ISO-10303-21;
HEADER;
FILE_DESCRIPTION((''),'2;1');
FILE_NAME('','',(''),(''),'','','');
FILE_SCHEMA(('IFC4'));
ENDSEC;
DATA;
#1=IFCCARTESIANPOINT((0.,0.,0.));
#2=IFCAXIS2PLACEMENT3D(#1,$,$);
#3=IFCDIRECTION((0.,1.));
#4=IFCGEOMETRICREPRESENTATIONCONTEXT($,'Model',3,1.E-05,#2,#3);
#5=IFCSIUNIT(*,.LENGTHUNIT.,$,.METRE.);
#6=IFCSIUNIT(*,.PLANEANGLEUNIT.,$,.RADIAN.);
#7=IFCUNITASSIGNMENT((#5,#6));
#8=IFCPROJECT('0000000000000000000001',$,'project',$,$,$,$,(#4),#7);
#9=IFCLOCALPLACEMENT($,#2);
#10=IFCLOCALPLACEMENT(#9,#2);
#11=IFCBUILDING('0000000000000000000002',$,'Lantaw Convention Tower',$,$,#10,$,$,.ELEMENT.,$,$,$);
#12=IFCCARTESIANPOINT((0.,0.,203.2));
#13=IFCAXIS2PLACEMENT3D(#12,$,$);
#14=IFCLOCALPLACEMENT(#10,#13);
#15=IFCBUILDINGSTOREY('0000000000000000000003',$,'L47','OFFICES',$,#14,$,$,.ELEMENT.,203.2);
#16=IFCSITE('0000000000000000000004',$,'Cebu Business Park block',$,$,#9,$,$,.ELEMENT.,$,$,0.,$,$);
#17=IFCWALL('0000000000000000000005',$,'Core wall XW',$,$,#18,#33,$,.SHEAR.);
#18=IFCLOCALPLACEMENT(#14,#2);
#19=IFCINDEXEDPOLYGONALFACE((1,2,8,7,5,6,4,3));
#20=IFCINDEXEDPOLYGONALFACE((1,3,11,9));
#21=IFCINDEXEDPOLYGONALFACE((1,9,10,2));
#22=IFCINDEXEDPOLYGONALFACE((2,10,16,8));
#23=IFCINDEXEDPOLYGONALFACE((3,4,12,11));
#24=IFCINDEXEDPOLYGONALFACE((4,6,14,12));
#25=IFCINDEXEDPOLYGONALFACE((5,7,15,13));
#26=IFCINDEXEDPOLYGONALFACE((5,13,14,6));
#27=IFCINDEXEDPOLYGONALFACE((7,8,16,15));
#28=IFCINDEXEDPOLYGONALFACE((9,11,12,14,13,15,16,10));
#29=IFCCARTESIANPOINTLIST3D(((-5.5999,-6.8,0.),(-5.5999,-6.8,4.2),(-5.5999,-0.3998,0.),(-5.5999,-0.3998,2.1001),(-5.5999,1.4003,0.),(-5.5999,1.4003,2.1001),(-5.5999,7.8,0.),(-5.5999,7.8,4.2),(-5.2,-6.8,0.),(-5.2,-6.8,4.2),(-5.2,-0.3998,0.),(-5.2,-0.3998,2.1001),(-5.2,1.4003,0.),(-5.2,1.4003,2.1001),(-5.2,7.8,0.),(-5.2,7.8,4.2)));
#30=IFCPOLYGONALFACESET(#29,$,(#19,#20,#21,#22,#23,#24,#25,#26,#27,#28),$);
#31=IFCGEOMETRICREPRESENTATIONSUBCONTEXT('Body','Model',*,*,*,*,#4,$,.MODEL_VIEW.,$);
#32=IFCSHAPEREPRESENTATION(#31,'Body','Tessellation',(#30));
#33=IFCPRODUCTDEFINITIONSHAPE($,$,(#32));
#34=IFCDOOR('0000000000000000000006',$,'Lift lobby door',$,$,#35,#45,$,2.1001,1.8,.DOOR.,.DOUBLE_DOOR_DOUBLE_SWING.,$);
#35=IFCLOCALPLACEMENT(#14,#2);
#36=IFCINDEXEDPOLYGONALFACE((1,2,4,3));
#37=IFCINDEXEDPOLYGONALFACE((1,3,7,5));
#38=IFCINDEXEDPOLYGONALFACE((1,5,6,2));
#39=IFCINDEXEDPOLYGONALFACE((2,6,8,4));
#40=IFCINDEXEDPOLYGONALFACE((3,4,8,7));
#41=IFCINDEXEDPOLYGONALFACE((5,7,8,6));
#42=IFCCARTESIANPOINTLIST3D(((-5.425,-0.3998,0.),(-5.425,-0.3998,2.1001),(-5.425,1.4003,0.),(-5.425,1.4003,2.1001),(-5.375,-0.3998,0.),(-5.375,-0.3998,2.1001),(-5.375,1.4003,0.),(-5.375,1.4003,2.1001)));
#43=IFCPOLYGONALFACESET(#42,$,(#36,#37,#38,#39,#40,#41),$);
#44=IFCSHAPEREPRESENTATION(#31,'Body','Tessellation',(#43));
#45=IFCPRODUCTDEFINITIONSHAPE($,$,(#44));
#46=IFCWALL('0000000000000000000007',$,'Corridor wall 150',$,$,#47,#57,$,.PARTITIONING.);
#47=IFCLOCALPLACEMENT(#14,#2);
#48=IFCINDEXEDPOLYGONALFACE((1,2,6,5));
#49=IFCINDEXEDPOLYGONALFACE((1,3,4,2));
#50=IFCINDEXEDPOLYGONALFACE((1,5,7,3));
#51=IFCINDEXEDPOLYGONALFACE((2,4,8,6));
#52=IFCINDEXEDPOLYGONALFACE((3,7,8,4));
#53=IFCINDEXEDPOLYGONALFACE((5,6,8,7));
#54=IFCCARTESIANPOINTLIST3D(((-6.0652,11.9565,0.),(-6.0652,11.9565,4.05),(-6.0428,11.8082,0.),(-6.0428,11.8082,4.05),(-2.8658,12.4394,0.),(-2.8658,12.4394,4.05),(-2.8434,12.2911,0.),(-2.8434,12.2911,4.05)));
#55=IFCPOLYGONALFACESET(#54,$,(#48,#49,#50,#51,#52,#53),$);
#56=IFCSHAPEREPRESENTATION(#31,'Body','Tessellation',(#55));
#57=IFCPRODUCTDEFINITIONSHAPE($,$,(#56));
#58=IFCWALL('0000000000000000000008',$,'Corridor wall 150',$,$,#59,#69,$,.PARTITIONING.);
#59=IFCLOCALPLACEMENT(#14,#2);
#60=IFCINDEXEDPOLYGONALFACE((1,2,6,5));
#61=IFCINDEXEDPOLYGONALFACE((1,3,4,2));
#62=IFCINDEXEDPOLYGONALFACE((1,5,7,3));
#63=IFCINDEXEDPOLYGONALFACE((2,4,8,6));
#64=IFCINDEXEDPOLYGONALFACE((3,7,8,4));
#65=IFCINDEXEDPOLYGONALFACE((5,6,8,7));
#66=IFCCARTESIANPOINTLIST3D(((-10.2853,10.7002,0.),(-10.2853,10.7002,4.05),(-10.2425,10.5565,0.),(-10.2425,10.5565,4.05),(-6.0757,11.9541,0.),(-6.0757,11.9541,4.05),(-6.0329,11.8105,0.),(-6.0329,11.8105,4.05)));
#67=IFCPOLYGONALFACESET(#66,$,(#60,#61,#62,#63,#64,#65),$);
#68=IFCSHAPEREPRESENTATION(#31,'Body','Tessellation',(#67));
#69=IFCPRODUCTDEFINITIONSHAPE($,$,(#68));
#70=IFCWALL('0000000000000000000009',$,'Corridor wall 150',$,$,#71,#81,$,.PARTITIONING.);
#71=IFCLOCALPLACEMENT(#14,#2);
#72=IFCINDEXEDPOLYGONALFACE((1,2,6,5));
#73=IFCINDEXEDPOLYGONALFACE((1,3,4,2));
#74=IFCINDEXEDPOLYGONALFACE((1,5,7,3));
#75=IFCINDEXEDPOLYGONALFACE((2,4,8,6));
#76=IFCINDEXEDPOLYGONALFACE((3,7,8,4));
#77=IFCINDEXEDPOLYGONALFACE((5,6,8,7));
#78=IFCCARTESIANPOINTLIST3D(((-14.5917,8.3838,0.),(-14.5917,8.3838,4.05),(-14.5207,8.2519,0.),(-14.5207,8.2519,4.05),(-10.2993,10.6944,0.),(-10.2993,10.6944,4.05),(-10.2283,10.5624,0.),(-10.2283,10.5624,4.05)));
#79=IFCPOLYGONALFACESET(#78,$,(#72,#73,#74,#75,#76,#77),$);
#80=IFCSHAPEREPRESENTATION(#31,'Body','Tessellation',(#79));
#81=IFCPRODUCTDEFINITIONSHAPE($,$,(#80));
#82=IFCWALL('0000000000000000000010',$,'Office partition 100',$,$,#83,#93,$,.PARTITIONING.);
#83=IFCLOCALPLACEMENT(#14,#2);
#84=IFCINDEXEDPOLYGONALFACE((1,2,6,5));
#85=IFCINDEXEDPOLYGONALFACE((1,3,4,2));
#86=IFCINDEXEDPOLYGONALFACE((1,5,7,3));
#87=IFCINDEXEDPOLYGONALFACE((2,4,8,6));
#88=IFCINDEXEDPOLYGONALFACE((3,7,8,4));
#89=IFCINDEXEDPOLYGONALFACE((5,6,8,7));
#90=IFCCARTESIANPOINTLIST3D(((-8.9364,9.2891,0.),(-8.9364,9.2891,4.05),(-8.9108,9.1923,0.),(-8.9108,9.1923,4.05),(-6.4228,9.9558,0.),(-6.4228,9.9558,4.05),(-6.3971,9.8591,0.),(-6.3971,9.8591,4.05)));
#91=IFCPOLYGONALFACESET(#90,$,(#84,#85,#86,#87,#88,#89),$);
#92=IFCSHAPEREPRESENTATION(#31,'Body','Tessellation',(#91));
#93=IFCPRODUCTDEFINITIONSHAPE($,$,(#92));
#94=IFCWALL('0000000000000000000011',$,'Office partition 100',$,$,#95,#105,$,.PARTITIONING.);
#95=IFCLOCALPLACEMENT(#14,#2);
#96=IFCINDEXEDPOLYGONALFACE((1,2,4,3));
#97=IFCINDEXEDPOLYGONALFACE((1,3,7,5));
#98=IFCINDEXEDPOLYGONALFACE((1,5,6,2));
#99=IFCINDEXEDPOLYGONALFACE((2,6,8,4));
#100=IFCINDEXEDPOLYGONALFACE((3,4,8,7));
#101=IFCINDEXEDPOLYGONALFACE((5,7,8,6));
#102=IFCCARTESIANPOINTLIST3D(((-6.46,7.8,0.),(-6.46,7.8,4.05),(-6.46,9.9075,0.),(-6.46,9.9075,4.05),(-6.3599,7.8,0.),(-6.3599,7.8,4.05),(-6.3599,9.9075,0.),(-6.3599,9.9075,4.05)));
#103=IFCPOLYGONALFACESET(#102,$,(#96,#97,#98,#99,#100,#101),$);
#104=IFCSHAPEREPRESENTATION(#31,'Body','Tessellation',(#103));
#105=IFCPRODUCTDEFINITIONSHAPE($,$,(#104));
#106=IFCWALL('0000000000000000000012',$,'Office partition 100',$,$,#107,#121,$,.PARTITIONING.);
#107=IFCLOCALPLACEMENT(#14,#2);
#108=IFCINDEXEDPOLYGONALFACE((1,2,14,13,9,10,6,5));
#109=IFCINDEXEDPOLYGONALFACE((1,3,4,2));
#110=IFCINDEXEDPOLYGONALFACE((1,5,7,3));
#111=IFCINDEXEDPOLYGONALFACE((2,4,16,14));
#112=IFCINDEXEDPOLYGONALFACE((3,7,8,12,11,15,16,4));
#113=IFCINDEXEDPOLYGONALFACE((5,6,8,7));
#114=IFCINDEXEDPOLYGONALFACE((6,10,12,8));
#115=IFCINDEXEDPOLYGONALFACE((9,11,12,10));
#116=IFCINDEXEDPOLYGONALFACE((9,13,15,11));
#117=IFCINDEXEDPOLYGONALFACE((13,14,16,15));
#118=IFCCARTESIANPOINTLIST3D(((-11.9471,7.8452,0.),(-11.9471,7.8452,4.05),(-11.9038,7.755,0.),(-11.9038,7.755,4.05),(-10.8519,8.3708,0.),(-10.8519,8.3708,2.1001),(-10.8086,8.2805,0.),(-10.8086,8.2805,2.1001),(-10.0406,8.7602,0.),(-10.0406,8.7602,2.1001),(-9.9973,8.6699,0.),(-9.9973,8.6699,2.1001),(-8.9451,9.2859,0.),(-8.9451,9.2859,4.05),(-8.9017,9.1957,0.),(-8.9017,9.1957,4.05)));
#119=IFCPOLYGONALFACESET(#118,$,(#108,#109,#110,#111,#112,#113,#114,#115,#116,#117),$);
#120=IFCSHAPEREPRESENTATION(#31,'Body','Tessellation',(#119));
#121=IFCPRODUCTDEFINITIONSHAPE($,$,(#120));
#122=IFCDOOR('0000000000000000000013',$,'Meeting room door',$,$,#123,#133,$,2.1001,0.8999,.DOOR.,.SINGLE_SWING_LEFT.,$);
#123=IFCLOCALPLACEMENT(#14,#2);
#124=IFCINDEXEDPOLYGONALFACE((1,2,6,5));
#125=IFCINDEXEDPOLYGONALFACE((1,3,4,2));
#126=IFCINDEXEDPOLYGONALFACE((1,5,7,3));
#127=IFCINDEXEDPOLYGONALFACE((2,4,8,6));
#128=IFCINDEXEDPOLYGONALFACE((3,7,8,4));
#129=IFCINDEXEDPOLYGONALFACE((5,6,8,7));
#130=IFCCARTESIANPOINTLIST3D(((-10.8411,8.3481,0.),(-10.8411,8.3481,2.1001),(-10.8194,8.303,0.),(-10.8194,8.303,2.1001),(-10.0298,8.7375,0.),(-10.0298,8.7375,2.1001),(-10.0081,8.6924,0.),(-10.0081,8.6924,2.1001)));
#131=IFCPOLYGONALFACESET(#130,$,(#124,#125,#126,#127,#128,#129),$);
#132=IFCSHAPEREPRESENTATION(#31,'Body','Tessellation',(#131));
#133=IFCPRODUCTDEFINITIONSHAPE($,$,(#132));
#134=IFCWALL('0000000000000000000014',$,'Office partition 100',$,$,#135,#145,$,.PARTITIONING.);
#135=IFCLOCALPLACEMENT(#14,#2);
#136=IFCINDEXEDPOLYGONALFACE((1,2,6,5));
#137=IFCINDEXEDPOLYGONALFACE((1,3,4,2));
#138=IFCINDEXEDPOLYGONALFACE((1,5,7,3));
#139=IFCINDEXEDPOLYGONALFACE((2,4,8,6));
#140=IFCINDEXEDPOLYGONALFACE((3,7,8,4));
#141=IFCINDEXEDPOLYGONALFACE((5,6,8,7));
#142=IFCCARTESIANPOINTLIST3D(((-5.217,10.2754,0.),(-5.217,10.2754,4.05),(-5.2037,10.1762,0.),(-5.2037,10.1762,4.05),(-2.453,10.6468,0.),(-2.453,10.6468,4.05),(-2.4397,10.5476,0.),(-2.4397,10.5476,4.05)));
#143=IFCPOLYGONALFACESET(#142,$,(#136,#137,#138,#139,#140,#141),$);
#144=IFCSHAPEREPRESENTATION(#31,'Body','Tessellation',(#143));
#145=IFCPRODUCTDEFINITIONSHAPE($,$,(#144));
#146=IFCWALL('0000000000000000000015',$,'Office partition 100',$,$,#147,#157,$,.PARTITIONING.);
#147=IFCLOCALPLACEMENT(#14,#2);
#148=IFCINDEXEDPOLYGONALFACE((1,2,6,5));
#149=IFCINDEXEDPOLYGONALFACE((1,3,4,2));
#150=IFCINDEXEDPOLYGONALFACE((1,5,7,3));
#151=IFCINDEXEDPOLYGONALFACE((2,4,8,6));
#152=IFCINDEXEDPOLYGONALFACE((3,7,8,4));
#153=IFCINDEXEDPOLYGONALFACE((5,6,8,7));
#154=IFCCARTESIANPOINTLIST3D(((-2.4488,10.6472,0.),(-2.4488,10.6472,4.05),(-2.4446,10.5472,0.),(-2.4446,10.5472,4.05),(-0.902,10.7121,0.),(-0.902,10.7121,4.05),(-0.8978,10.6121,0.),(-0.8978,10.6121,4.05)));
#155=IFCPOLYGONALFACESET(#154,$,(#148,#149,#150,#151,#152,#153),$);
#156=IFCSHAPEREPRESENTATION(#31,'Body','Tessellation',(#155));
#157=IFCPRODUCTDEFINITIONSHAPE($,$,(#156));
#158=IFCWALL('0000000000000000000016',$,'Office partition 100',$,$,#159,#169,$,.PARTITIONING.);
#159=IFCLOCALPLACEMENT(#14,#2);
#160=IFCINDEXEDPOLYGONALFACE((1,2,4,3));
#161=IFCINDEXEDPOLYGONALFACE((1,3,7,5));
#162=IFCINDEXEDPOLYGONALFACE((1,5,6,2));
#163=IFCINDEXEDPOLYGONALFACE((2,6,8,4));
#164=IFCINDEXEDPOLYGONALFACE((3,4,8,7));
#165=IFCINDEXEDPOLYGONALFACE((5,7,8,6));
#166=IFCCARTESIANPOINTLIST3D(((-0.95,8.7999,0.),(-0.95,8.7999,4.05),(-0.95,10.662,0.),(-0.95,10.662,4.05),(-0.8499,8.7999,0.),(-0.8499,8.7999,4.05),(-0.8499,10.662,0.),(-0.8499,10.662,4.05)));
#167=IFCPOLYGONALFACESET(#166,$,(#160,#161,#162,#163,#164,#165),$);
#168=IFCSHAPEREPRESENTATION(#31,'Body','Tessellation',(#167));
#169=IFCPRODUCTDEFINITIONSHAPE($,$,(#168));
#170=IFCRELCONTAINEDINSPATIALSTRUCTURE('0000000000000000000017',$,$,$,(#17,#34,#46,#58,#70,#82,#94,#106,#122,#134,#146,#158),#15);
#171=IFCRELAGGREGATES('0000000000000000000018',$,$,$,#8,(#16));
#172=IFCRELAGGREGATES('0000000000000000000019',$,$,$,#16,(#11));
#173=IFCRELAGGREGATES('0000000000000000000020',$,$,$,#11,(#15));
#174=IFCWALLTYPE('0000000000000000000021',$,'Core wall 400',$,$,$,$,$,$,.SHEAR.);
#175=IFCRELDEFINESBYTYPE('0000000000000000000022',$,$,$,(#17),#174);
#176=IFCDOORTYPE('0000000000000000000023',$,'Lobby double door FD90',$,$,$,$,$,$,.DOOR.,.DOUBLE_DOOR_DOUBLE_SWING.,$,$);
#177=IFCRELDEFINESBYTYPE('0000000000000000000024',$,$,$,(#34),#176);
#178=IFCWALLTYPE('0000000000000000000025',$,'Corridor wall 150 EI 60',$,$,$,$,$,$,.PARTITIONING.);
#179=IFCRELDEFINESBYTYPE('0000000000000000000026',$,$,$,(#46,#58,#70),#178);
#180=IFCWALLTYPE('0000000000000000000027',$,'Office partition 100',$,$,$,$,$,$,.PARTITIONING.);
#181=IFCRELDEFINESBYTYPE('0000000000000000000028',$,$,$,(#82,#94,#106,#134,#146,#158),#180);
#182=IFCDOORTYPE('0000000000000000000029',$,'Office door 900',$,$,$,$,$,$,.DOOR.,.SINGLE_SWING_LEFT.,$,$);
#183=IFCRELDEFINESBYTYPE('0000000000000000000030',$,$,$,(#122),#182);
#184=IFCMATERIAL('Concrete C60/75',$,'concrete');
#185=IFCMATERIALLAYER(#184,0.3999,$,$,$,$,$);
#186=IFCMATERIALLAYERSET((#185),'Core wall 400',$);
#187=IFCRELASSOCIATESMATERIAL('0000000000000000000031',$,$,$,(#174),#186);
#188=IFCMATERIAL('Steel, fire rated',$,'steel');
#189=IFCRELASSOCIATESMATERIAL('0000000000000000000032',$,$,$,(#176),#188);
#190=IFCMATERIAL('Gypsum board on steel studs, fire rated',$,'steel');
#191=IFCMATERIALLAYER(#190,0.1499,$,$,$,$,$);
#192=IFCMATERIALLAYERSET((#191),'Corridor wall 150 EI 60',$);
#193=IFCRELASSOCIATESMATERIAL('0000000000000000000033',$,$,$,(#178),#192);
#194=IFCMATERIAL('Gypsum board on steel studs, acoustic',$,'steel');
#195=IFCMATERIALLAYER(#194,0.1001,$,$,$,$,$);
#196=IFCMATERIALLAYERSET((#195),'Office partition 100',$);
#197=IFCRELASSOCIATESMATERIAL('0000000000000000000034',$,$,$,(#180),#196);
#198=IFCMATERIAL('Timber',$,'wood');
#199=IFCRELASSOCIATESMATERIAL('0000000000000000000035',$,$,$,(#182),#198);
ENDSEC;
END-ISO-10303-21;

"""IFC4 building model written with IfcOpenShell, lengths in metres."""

from ifc_helpers import new_model, si_unit, direction, frame, frame_2d, origin, place, context, subcontext, project, spatial, rectangle, extrude, material, layer, layer_set, type_object, element, fill, save


model = new_model("IFC4")

# Units and contexts
model_context = context("Model", 3, precision=1e-05, world=origin(), true_north=direction((0.0, 1.0)))
body_context = subcontext(model_context, "Body", "Model", "MODEL_VIEW")
ifc_project = project(units=[si_unit("LENGTHUNIT", "METRE"), si_unit("PLANEANGLEUNIT", "RADIAN")], contexts=[model_context])

# Site, building, storey
site_placement = place(None, origin())
site = spatial("IfcSite", under=ifc_project, at=site_placement, Name="Cebu Business Park block", CompositionType="ELEMENT", RefElevation=0.0)
building_placement = place(site_placement, origin())
building = spatial("IfcBuilding", under=site, at=building_placement, Name="Lantaw Convention Tower", CompositionType="ELEMENT")
storey_placement = place(building_placement, frame((0.0, 0.0, 203.2)))
storey = spatial("IfcBuildingStorey", under=building, at=storey_placement, Name="L47", Description="OFFICES", CompositionType="ELEMENT", Elevation=203.2)

# Shared definitions
ifc_material_1 = material(Name="Concrete C60/75", Category="concrete")

# Wall, opening, door
ifc_layer_1 = layer(ifc_material_1, 0.3999)
ifc_layer_set_1 = layer_set([ifc_layer_1], Name="Core wall 400")
wall_type_1 = type_object("IfcWallType", Name="Core wall 400", PredefinedType="SHEAR", material=ifc_layer_set_1)
wall_1_placement = place(storey_placement, frame((-5.3999, 7.8, 0.0), z_axis=(0.0, 0.0, 1.0), x_axis=(0.0, -1.0, 0.0)))
wall_1 = element("IfcWall", 1, at=wall_1_placement, inside=storey, type_object=wall_type_1, Name="Core wall XW", PredefinedType="SHEAR", context=body_context, shape_type="SweptSolid", body=[
    extrude(rectangle(XDim=14.6001, YDim=0.3999, at=frame_2d((7.3, 0.0))), origin(), (0.0, 0.0, 1.0), 4.2),
])
opening_1_placement = place(wall_1_placement, frame((6.3999, 0.0, 0.0)))
opening_1 = element("IfcOpeningElement", 2, at=opening_1_placement, cuts=wall_1, PredefinedType="OPENING", context=body_context, shape_type="SweptSolid", body=[
    extrude(rectangle(XDim=1.8, YDim=2.1001, at=frame_2d((0.8999, 1.05))), frame((0.0, 0.21, 0.0), z_axis=(0.0, -1.0, 0.0), x_axis=(1.0, 0.0, 0.0)), (0.0, 0.0, 1.0), 0.4199),
])
ifc_material_2 = material(Name="Steel, fire rated", Category="steel")
door_type_1 = type_object("IfcDoorType", Name="Lobby double door FD90", OperationType="DOUBLE_DOOR_DOUBLE_SWING", PredefinedType="DOOR", material=ifc_material_2)
door_1_placement = place(opening_1_placement, origin())
door_1 = element("IfcDoor", 3, at=door_1_placement, inside=storey, type_object=door_type_1, Name="Lift lobby door", OperationType="DOUBLE_DOOR_DOUBLE_SWING", OverallHeight=2.1001, OverallWidth=1.8, PredefinedType="DOOR", context=body_context, shape_type="SweptSolid", body=[
    extrude(rectangle(XDim=1.8, YDim=2.1001, at=frame_2d((0.8999, 1.05))), frame((0.0, 0.0249, 0.0), z_axis=(0.0, -1.0, 0.0), x_axis=(1.0, 0.0, 0.0)), (0.0, 0.0, 1.0), 0.05),
])
fill(opening_1, door_1)

# Walls
ifc_material_3 = material(Name="Gypsum board on steel studs, fire rated", Category="steel")
ifc_layer_2 = layer(ifc_material_3, 0.1499)
ifc_layer_set_2 = layer_set([ifc_layer_2], Name="Corridor wall 150 EI 60")
wall_type_2 = type_object("IfcWallType", Name="Corridor wall 150 EI 60", PredefinedType="PARTITIONING", material=ifc_layer_set_2)
wall_2_placement = place(storey_placement, frame((-2.8547, 12.3652, 0.0), z_axis=(0.0, 0.0, 1.0), x_axis=(-0.9888, -0.149244, 0.0)))
element("IfcWall", 4, at=wall_2_placement, inside=storey, type_object=wall_type_2, Name="Corridor wall 150", PredefinedType="PARTITIONING", context=body_context, shape_type="SweptSolid", body=[
    extrude(rectangle(XDim=3.2356, YDim=0.1499, at=frame_2d((1.6177, 0.0))), origin(), (0.0, 0.0, 1.0), 4.05),
])
wall_3_placement = place(storey_placement, frame((-6.0542, 11.8823, 0.0), z_axis=(0.0, 0.0, 1.0), x_axis=(-0.958384, -0.285481, 0.0)))
element("IfcWall", 5, at=wall_3_placement, inside=storey, type_object=wall_type_2, Name="Corridor wall 150", PredefinedType="PARTITIONING", context=body_context, shape_type="SweptSolid", body=[
    extrude(rectangle(XDim=4.3923, YDim=0.1499, at=frame_2d((2.1963, 0.0))), origin(), (0.0, 0.0, 1.0), 4.05),
])
wall_4_placement = place(storey_placement, frame((-10.2637, 10.6284, 0.0), z_axis=(0.0, 0.0, 1.0), x_axis=(-0.880539, -0.473974, 0.0)))
element("IfcWall", 6, at=wall_4_placement, inside=storey, type_object=wall_type_2, Name="Corridor wall 150", PredefinedType="PARTITIONING", context=body_context, shape_type="SweptSolid", body=[
    extrude(rectangle(XDim=4.8748, YDim=0.1499, at=frame_2d((2.4375, 0.0))), origin(), (0.0, 0.0, 1.0), 4.05),
])
ifc_material_4 = material(Name="Gypsum board on steel studs, acoustic", Category="steel")
ifc_layer_3 = layer(ifc_material_4, 0.1001)
ifc_layer_set_3 = layer_set([ifc_layer_3], Name="Office partition 100")
wall_type_3 = type_object("IfcWallType", Name="Office partition 100", PredefinedType="PARTITIONING", material=ifc_layer_set_3)
wall_5_placement = place(storey_placement, frame((-8.9236, 9.2407, 0.0), z_axis=(0.0, 0.0, 1.0), x_axis=(0.966575, 0.256383, 0.0)))
element("IfcWall", 7, at=wall_5_placement, inside=storey, type_object=wall_type_3, Name="Office partition 100", PredefinedType="PARTITIONING", context=body_context, shape_type="SweptSolid", body=[
    extrude(rectangle(XDim=2.6006, YDim=0.1001, at=frame_2d((1.3003, 0.0))), origin(), (0.0, 0.0, 1.0), 4.05),
])
wall_6_placement = place(storey_placement, frame((-6.4099, 9.9075, 0.0), z_axis=(0.0, 0.0, 1.0), x_axis=(0.0, -1.0, 0.0)))
element("IfcWall", 8, at=wall_6_placement, inside=storey, type_object=wall_type_3, Name="Office partition 100", PredefinedType="PARTITIONING", context=body_context, shape_type="SweptSolid", body=[
    extrude(rectangle(XDim=2.1074, YDim=0.1001, at=frame_2d((1.0537, 0.0))), origin(), (0.0, 0.0, 1.0), 4.05),
])

# Wall, opening, door
wall_7_placement = place(storey_placement, frame((-11.9255, 7.8, 0.0), z_axis=(0.0, 0.0, 1.0), x_axis=(0.901554, 0.432667, 0.0)))
wall_7 = element("IfcWall", 9, at=wall_7_placement, inside=storey, type_object=wall_type_3, Name="Office partition 100", PredefinedType="PARTITIONING", context=body_context, shape_type="SweptSolid", body=[
    extrude(rectangle(XDim=3.3298, YDim=0.1001, at=frame_2d((1.665, 0.0))), origin(), (0.0, 0.0, 1.0), 4.05),
])
opening_2_placement = place(wall_7_placement, frame((1.2148, 0.0, 0.0)))
opening_2 = element("IfcOpeningElement", 10, at=opening_2_placement, cuts=wall_7, PredefinedType="OPENING", context=body_context, shape_type="SweptSolid", body=[
    extrude(rectangle(XDim=0.8999, YDim=2.1001, at=frame_2d((0.45, 1.05))), frame((0.0, 0.0601, 0.0), z_axis=(0.0, -1.0, 0.0), x_axis=(1.0, 0.0, 0.0)), (0.0, 0.0, 1.0), 0.1201),
])
ifc_material_5 = material(Name="Timber", Category="wood")
door_type_2 = type_object("IfcDoorType", Name="Office door 900", OperationType="SINGLE_SWING_LEFT", PredefinedType="DOOR", material=ifc_material_5)
door_2_placement = place(opening_2_placement, origin())
door_2 = element("IfcDoor", 11, at=door_2_placement, inside=storey, type_object=door_type_2, Name="Meeting room door", OperationType="SINGLE_SWING_LEFT", OverallHeight=2.1001, OverallWidth=0.8999, PredefinedType="DOOR", context=body_context, shape_type="SweptSolid", body=[
    extrude(rectangle(XDim=0.8999, YDim=2.1001, at=frame_2d((0.45, 1.05))), frame((0.0, 0.0249, 0.0), z_axis=(0.0, -1.0, 0.0), x_axis=(1.0, 0.0, 0.0)), (0.0, 0.0, 1.0), 0.05),
])
fill(opening_2, door_2)

# Walls
wall_8_placement = place(storey_placement, frame((-5.2104, 10.2258, 0.0), z_axis=(0.0, 0.0, 1.0), x_axis=(0.991095, 0.133156, 0.0)))
element("IfcWall", 12, at=wall_8_placement, inside=storey, type_object=wall_type_3, Name="Office partition 100", PredefinedType="PARTITIONING", context=body_context, shape_type="SweptSolid", body=[
    extrude(rectangle(XDim=2.7888, YDim=0.1001, at=frame_2d((1.3945, 0.0))), origin(), (0.0, 0.0, 1.0), 4.05),
])
wall_9_placement = place(storey_placement, frame((-2.4465, 10.5972, 0.0), z_axis=(0.0, 0.0, 1.0), x_axis=(0.99912, 0.041952, 0.0)))
element("IfcWall", 13, at=wall_9_placement, inside=storey, type_object=wall_type_3, Name="Office partition 100", PredefinedType="PARTITIONING", context=body_context, shape_type="SweptSolid", body=[
    extrude(rectangle(XDim=1.5481, YDim=0.1001, at=frame_2d((0.7739, 0.0))), origin(), (0.0, 0.0, 1.0), 4.05),
])
wall_10_placement = place(storey_placement, frame((-0.8999, 10.6621, 0.0), z_axis=(0.0, 0.0, 1.0), x_axis=(0.0, -1.0, 0.0)))
element("IfcWall", 14, at=wall_10_placement, inside=storey, type_object=wall_type_3, Name="Office partition 100", PredefinedType="PARTITIONING", context=body_context, shape_type="SweptSolid", body=[
    extrude(rectangle(XDim=1.8621, YDim=0.1001, at=frame_2d((0.9312, 0.0))), origin(), (0.0, 0.0, 1.0), 4.05),
])

save(model, "model.ifc")
